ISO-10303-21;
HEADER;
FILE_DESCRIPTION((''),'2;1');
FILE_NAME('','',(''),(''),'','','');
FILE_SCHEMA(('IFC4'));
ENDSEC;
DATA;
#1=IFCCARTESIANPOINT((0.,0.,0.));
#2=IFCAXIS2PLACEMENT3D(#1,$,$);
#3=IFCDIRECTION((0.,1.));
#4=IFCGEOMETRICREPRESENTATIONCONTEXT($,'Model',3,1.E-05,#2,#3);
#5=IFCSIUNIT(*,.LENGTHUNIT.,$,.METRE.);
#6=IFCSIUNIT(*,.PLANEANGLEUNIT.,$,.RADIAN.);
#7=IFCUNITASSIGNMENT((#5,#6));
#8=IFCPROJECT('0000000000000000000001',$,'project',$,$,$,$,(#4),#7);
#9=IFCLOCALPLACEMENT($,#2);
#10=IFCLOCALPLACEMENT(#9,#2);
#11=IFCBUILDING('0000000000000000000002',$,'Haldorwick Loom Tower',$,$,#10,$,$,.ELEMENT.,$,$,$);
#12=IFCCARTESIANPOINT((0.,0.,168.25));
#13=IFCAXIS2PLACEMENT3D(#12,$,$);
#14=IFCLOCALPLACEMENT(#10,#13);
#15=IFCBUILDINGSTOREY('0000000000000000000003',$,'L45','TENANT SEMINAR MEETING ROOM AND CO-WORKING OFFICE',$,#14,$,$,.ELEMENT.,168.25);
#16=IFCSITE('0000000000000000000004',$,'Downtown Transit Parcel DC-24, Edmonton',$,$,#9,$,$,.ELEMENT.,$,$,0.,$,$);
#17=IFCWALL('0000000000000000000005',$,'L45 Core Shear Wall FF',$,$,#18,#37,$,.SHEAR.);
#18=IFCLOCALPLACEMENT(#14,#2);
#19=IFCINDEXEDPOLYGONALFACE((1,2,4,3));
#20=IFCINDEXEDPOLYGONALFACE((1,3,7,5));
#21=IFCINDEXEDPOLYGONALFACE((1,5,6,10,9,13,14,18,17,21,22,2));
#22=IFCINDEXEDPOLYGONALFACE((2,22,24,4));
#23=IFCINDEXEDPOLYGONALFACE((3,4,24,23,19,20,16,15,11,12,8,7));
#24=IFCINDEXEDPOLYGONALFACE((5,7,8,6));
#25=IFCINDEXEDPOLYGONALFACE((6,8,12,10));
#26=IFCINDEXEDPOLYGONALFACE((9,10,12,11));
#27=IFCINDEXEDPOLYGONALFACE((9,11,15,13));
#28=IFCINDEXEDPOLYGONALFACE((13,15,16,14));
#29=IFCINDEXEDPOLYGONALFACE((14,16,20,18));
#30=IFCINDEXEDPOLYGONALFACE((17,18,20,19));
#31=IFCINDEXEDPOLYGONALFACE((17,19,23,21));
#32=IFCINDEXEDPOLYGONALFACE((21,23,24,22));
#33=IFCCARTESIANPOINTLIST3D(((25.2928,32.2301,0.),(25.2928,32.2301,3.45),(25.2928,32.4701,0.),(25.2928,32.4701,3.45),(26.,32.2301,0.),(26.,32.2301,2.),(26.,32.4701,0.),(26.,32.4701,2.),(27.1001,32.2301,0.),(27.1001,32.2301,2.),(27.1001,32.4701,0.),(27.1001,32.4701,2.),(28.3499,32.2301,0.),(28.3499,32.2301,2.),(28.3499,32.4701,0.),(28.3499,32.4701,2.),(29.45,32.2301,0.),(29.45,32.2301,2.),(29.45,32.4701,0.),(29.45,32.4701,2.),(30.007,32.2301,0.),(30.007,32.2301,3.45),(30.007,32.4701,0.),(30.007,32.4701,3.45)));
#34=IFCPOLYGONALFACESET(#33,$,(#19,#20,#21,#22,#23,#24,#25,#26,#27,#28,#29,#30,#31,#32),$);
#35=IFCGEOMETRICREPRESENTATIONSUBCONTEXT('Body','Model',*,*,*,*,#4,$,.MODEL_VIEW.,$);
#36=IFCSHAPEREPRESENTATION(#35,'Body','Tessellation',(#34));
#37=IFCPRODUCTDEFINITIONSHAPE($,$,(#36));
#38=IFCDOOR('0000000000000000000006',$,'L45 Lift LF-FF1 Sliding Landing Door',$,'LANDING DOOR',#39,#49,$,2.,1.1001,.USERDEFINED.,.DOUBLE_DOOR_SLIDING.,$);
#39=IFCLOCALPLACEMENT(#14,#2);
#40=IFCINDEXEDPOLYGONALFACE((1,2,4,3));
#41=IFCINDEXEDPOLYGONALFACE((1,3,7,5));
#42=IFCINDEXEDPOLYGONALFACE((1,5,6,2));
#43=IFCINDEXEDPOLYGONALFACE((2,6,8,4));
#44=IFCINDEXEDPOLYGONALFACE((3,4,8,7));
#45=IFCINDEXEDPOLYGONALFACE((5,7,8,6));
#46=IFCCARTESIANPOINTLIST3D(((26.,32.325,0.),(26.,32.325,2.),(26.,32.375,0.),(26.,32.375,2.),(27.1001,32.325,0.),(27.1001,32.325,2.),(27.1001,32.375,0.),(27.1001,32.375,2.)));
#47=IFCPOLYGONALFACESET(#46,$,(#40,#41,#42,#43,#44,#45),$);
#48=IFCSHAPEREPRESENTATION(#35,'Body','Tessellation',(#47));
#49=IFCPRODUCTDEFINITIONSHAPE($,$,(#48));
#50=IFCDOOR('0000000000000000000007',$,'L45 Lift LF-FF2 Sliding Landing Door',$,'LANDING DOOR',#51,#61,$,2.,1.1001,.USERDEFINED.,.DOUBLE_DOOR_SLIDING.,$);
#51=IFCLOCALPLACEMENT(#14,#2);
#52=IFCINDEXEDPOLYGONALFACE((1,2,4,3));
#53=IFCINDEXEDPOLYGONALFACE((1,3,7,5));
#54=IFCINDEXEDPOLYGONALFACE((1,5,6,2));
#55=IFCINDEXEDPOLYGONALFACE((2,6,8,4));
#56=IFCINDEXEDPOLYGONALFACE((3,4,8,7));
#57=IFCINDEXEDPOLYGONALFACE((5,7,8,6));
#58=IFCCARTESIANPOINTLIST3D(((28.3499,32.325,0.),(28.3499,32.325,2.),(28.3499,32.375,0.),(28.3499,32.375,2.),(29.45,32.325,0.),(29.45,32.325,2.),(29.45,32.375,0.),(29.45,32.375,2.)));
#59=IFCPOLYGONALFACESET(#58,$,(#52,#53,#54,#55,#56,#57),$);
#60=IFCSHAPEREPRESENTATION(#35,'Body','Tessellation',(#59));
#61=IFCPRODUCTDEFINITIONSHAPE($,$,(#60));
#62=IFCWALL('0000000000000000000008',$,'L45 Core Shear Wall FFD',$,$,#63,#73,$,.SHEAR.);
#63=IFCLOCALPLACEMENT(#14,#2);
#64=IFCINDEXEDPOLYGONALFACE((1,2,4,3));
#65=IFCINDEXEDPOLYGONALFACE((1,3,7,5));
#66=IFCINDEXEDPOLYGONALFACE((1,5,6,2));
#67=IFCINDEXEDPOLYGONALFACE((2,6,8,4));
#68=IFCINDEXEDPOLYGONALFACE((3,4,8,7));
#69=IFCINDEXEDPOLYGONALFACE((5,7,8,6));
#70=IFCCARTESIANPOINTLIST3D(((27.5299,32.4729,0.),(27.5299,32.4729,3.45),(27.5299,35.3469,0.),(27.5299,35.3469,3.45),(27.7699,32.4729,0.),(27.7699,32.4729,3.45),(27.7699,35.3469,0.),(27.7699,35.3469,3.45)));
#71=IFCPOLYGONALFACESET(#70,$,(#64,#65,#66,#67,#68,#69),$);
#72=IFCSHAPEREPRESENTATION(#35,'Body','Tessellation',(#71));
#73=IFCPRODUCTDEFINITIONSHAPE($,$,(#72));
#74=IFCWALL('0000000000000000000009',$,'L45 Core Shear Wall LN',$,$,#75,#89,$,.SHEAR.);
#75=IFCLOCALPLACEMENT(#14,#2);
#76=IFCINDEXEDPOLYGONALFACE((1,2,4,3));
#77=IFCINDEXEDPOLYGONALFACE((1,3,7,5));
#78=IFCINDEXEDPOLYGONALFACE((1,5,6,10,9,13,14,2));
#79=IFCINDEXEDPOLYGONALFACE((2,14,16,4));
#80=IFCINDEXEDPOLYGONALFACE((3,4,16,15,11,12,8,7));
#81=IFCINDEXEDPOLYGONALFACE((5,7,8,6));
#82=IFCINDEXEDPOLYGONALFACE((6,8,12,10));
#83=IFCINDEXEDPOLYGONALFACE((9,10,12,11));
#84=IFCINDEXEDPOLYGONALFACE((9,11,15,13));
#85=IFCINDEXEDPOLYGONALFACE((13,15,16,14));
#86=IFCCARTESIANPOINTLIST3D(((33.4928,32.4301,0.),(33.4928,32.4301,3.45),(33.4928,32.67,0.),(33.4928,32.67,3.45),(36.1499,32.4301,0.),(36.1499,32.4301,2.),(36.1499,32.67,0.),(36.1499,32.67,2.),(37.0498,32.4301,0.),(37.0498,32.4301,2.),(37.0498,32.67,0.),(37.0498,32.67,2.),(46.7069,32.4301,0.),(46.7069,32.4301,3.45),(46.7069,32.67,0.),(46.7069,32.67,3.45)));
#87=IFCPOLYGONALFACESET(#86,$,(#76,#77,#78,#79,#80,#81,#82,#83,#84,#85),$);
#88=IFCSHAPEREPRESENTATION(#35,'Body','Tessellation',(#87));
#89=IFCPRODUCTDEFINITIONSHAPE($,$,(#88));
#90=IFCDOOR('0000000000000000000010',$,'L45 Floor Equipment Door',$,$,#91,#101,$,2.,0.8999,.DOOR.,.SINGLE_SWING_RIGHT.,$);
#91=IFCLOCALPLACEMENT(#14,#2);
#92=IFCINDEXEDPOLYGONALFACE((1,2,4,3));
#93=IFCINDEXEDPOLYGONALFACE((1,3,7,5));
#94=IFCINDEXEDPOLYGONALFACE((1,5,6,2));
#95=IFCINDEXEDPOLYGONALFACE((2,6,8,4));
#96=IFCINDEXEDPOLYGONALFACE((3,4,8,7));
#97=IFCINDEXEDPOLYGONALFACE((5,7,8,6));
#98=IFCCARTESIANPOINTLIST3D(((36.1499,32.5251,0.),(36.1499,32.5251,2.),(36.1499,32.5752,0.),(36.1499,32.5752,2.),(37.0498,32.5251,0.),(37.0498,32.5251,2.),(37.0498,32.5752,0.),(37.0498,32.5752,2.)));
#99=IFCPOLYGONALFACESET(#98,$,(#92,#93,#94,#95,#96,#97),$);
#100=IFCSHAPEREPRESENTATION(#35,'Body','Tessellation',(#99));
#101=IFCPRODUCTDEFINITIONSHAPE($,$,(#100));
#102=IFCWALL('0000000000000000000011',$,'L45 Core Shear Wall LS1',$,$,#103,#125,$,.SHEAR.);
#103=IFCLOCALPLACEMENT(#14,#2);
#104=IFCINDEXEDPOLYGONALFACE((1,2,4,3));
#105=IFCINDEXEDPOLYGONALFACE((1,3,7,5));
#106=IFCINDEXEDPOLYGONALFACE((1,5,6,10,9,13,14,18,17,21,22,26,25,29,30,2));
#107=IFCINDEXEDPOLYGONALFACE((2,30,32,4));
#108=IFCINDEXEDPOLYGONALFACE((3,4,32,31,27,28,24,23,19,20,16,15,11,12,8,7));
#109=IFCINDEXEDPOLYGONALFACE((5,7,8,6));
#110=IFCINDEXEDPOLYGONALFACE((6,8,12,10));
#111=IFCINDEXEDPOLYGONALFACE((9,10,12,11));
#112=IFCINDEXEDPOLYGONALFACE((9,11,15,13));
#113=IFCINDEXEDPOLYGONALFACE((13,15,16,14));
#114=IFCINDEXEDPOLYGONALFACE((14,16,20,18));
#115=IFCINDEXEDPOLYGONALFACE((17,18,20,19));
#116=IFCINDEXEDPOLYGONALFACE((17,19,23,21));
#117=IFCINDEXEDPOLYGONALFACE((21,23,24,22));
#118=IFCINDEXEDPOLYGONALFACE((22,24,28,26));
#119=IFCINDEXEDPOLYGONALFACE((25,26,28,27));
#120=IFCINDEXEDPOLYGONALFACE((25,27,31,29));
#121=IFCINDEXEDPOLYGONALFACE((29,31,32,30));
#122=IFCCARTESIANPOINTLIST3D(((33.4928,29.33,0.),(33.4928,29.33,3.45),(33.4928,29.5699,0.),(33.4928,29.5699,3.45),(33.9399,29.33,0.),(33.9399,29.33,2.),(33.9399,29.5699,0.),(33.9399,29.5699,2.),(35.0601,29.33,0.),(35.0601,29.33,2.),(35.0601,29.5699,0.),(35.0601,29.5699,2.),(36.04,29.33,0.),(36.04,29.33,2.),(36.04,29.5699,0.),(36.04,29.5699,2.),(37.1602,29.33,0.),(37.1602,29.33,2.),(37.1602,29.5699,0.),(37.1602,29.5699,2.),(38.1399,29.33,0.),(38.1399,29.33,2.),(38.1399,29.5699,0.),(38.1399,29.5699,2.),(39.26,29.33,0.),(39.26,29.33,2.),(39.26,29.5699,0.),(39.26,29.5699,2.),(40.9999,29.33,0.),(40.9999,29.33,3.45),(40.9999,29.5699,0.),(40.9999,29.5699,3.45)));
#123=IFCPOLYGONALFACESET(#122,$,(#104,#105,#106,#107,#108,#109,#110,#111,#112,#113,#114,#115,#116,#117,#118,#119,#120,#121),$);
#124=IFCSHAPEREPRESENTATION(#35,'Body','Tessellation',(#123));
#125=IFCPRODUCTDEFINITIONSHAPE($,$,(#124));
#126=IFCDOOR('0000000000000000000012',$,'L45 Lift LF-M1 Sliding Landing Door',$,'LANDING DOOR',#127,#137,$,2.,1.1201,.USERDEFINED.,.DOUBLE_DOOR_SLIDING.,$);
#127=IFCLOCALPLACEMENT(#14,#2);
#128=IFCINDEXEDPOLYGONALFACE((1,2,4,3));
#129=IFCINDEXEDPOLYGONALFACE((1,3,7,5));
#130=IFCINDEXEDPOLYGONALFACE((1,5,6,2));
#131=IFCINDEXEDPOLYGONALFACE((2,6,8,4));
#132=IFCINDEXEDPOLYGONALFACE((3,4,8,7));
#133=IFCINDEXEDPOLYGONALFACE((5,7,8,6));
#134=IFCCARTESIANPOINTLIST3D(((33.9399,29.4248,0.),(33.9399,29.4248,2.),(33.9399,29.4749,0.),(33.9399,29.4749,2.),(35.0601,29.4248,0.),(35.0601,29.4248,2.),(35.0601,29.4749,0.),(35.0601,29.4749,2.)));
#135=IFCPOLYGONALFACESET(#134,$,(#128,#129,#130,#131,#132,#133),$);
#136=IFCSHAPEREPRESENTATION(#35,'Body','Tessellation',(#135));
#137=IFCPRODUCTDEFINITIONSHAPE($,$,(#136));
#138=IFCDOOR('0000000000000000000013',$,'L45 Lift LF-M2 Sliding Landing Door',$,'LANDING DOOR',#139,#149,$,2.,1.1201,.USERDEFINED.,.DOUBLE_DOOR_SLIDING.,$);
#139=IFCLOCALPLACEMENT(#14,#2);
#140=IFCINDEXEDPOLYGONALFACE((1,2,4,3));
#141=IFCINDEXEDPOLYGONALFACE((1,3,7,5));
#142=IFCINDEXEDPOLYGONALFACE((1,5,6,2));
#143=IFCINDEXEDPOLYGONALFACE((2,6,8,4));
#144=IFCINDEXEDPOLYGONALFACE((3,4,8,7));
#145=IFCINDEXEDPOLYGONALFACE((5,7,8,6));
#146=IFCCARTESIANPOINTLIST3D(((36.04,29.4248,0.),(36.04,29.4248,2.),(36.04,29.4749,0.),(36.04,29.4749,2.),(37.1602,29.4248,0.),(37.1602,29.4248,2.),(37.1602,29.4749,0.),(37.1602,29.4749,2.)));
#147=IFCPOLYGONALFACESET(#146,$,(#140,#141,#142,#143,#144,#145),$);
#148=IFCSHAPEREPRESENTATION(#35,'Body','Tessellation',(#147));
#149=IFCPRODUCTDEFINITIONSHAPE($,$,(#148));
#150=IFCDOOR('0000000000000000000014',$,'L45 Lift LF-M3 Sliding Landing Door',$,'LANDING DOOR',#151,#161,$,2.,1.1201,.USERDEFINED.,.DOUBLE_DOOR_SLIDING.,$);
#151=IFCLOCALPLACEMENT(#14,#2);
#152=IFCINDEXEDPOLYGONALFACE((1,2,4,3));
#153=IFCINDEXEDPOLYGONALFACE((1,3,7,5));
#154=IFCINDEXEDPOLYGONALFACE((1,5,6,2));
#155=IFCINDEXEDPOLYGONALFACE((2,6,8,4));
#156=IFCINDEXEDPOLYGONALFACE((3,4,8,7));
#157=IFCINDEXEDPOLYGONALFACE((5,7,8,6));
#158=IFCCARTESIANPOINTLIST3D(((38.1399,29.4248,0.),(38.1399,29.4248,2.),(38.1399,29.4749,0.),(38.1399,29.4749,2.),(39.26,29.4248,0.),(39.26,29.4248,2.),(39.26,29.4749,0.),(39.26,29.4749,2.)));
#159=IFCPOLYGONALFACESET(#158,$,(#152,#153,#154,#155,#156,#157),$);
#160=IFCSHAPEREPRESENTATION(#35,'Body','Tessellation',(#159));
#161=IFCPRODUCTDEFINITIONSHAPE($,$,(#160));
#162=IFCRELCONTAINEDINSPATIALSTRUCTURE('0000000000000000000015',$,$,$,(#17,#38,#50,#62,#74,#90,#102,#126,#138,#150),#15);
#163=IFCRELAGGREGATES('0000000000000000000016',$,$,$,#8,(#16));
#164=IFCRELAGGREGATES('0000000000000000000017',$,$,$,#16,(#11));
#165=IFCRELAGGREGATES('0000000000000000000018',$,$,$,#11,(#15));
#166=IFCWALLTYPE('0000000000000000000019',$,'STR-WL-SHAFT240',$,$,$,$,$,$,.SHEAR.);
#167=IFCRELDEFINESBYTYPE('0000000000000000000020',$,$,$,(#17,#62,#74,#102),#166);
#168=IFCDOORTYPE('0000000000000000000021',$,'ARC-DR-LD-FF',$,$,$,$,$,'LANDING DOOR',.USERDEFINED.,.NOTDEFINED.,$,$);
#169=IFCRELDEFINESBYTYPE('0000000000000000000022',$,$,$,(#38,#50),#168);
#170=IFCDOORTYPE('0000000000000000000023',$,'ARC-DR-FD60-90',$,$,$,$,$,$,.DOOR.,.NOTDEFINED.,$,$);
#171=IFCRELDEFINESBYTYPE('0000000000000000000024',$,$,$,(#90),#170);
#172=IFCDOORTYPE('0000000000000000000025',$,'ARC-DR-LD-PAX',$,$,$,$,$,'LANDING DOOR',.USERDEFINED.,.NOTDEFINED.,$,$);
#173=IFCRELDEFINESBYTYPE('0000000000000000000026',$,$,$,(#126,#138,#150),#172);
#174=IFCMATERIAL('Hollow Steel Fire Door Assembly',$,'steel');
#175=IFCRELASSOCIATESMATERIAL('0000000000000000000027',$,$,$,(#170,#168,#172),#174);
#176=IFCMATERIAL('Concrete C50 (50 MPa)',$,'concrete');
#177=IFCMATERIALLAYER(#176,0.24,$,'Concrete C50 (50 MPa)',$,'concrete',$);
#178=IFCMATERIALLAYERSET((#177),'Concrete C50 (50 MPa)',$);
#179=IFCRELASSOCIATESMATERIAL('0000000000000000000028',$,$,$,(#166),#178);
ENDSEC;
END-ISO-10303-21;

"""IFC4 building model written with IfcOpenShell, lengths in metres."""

from ifc_helpers import new_model, si_unit, direction, frame, frame_2d, origin, place, context, subcontext, project, spatial, rectangle, extrude, material, layer, layer_set, type_object, element, fill, save


model = new_model("IFC4")

# Units and contexts
model_context = context("Model", 3, precision=1e-05, world=origin(), true_north=direction((0.0, 1.0)))
body_context = subcontext(model_context, "Body", "Model", "MODEL_VIEW")
ifc_project = project(units=[si_unit("LENGTHUNIT", "METRE"), si_unit("PLANEANGLEUNIT", "RADIAN")], contexts=[model_context])

# Site, building, storey
site_placement = place(None, origin())
site = spatial("IfcSite", under=ifc_project, at=site_placement, Name="Downtown Transit Parcel DC-24, Edmonton", CompositionType="ELEMENT", RefElevation=0.0)
building_placement = place(site_placement, origin())
building = spatial("IfcBuilding", under=site, at=building_placement, Name="Haldorwick Loom Tower", CompositionType="ELEMENT")
storey_placement = place(building_placement, frame((0.0, 0.0, 168.25)))
storey = spatial("IfcBuildingStorey", under=building, at=storey_placement, Name="L45", Description="TENANT SEMINAR MEETING ROOM AND CO-WORKING OFFICE", CompositionType="ELEMENT", Elevation=168.25)

# Shared definitions
ifc_material_1 = material(Name="Hollow Steel Fire Door Assembly", Category="steel")
door_type_1 = type_object("IfcDoorType", Name="ARC-DR-FD60-90", OperationType="NOTDEFINED", PredefinedType="DOOR", material=ifc_material_1)

# Shared definitions
ifc_material_2 = material(Name="Concrete C50 (50 MPa)", Category="concrete")
ifc_layer_1 = layer(ifc_material_2, 0.24, Name="Concrete C50 (50 MPa)", Category="concrete")
ifc_layer_set_1 = layer_set([ifc_layer_1], Name="Concrete C50 (50 MPa)")
wall_type_1 = type_object("IfcWallType", Name="STR-WL-SHAFT240", PredefinedType="SHEAR", material=ifc_layer_set_1)

# Wall, openings, doors
wall_1_placement = place(storey_placement, frame((25.293, 32.3501, 0.0), z_axis=(0.0, 0.0, 1.0), x_axis=(1.0, 0.0, 0.0)))
wall_1 = element("IfcWall", 1, at=wall_1_placement, inside=storey, type_object=wall_type_1, Name="L45 Core Shear Wall FF", PredefinedType="SHEAR", context=body_context, shape_type="SweptSolid", body=[
    extrude(rectangle(XDim=4.7141, YDim=0.24, at=frame_2d((2.3569, 0.0))), origin(), (0.0, 0.0, 1.0), 3.45),
])
opening_1_placement = place(wall_1_placement, frame((0.707, 0.0, 0.0)))
opening_1 = element("IfcOpeningElement", 2, at=opening_1_placement, cuts=wall_1, PredefinedType="OPENING", context=body_context, shape_type="SweptSolid", body=[
    extrude(rectangle(XDim=1.1001, YDim=2.0, at=frame_2d((0.55, 1.0))), frame((0.0, 0.1299, 0.0), z_axis=(0.0, -1.0, 0.0), x_axis=(1.0, 0.0, 0.0)), (0.0, 0.0, 1.0), 0.26),
])
opening_2_placement = place(wall_1_placement, frame((3.0569, 0.0, 0.0)))
opening_2 = element("IfcOpeningElement", 3, at=opening_2_placement, cuts=wall_1, PredefinedType="OPENING", context=body_context, shape_type="SweptSolid", body=[
    extrude(rectangle(XDim=1.1001, YDim=2.0, at=frame_2d((0.55, 1.0))), frame((0.0, 0.1299, 0.0), z_axis=(0.0, -1.0, 0.0), x_axis=(1.0, 0.0, 0.0)), (0.0, 0.0, 1.0), 0.26),
])
door_type_2 = type_object("IfcDoorType", Name="ARC-DR-LD-FF", ElementType="LANDING DOOR", OperationType="NOTDEFINED", PredefinedType="USERDEFINED", material=ifc_material_1)
door_1_placement = place(opening_1_placement, origin())
door_1 = element("IfcDoor", 4, at=door_1_placement, inside=storey, type_object=door_type_2, Name="L45 Lift LF-FF1 Sliding Landing Door", ObjectType="LANDING DOOR", OperationType="DOUBLE_DOOR_SLIDING", OverallHeight=2.0, OverallWidth=1.1001, PredefinedType="USERDEFINED", context=body_context, shape_type="SweptSolid", body=[
    extrude(rectangle(XDim=1.1001, YDim=2.0, at=frame_2d((0.55, 1.0))), frame((0.0, 0.0249, 0.0), z_axis=(0.0, -1.0, 0.0), x_axis=(1.0, 0.0, 0.0)), (0.0, 0.0, 1.0), 0.05),
])
fill(opening_1, door_1)
door_2_placement = place(opening_2_placement, origin())
door_2 = element("IfcDoor", 5, at=door_2_placement, inside=storey, type_object=door_type_2, Name="L45 Lift LF-FF2 Sliding Landing Door", ObjectType="LANDING DOOR", OperationType="DOUBLE_DOOR_SLIDING", OverallHeight=2.0, OverallWidth=1.1001, PredefinedType="USERDEFINED", context=body_context, shape_type="SweptSolid", body=[
    extrude(rectangle(XDim=1.1001, YDim=2.0, at=frame_2d((0.55, 1.0))), frame((0.0, 0.0249, 0.0), z_axis=(0.0, -1.0, 0.0), x_axis=(1.0, 0.0, 0.0)), (0.0, 0.0, 1.0), 0.05),
])
fill(opening_2, door_2)

# Wall
wall_2_placement = place(storey_placement, frame((27.6499, 32.4729, 0.0), z_axis=(0.0, 0.0, 1.0), x_axis=(0.0, 1.0, 0.0)))
element("IfcWall", 6, at=wall_2_placement, inside=storey, type_object=wall_type_1, Name="L45 Core Shear Wall FFD", PredefinedType="SHEAR", context=body_context, shape_type="SweptSolid", body=[
    extrude(rectangle(XDim=2.874, YDim=0.24, at=frame_2d((1.437, 0.0))), origin(), (0.0, 0.0, 1.0), 3.45),
])

# Wall, opening, door
wall_3_placement = place(storey_placement, frame((33.4929, 32.55, 0.0), z_axis=(0.0, 0.0, 1.0), x_axis=(1.0, 0.0, 0.0)))
wall_3 = element("IfcWall", 7, at=wall_3_placement, inside=storey, type_object=wall_type_1, Name="L45 Core Shear Wall LN", PredefinedType="SHEAR", context=body_context, shape_type="SweptSolid", body=[
    extrude(rectangle(XDim=13.2141, YDim=0.24, at=frame_2d((6.6069, 0.0))), origin(), (0.0, 0.0, 1.0), 3.45),
])
opening_3_placement = place(wall_3_placement, frame((2.657, 0.0, 0.0)))
opening_3 = element("IfcOpeningElement", 8, at=opening_3_placement, cuts=wall_3, PredefinedType="OPENING", context=body_context, shape_type="SweptSolid", body=[
    extrude(rectangle(XDim=0.8999, YDim=2.0, at=frame_2d((0.45, 1.0))), frame((0.0, 0.1299, 0.0), z_axis=(0.0, -1.0, 0.0), x_axis=(1.0, 0.0, 0.0)), (0.0, 0.0, 1.0), 0.26),
])
door_3_placement = place(opening_3_placement, frame((0.8999, 0.0, 0.0), z_axis=(0.0, 0.0, 1.0), x_axis=(-1.0, 0.0, 0.0)))
door_3 = element("IfcDoor", 9, at=door_3_placement, inside=storey, type_object=door_type_1, Name="L45 Floor Equipment Door", OperationType="SINGLE_SWING_RIGHT", OverallHeight=2.0, OverallWidth=0.8999, PredefinedType="DOOR", context=body_context, shape_type="SweptSolid", body=[
    extrude(rectangle(XDim=0.8999, YDim=2.0, at=frame_2d((0.45, 1.0))), frame((0.0, 0.0249, 0.0), z_axis=(0.0, -1.0, 0.0), x_axis=(1.0, 0.0, 0.0)), (0.0, 0.0, 1.0), 0.05),
])
fill(opening_3, door_3)

# Wall, openings, doors
wall_4_placement = place(storey_placement, frame((33.4929, 29.45, 0.0), z_axis=(0.0, 0.0, 1.0), x_axis=(1.0, 0.0, 0.0)))
wall_4 = element("IfcWall", 10, at=wall_4_placement, inside=storey, type_object=wall_type_1, Name="L45 Core Shear Wall LS1", PredefinedType="SHEAR", context=body_context, shape_type="SweptSolid", body=[
    extrude(rectangle(XDim=7.5071, YDim=0.24, at=frame_2d((3.7534, 0.0))), origin(), (0.0, 0.0, 1.0), 3.45),
])
opening_4_placement = place(wall_4_placement, frame((0.447, 0.0, 0.0)))
opening_4 = element("IfcOpeningElement", 11, at=opening_4_placement, cuts=wall_4, PredefinedType="OPENING", context=body_context, shape_type="SweptSolid", body=[
    extrude(rectangle(XDim=1.1201, YDim=2.0, at=frame_2d((0.5601, 1.0))), frame((0.0, 0.1299, 0.0), z_axis=(0.0, -1.0, 0.0), x_axis=(1.0, 0.0, 0.0)), (0.0, 0.0, 1.0), 0.26),
])
opening_5_placement = place(wall_4_placement, frame((2.5471, 0.0, 0.0)))
opening_5 = element("IfcOpeningElement", 12, at=opening_5_placement, cuts=wall_4, PredefinedType="OPENING", context=body_context, shape_type="SweptSolid", body=[
    extrude(rectangle(XDim=1.1201, YDim=2.0, at=frame_2d((0.5601, 1.0))), frame((0.0, 0.1299, 0.0), z_axis=(0.0, -1.0, 0.0), x_axis=(1.0, 0.0, 0.0)), (0.0, 0.0, 1.0), 0.26),
])
opening_6_placement = place(wall_4_placement, frame((4.647, 0.0, 0.0)))
opening_6 = element("IfcOpeningElement", 13, at=opening_6_placement, cuts=wall_4, PredefinedType="OPENING", context=body_context, shape_type="SweptSolid", body=[
    extrude(rectangle(XDim=1.1201, YDim=2.0, at=frame_2d((0.5601, 1.0))), frame((0.0, 0.1299, 0.0), z_axis=(0.0, -1.0, 0.0), x_axis=(1.0, 0.0, 0.0)), (0.0, 0.0, 1.0), 0.26),
])
door_type_3 = type_object("IfcDoorType", Name="ARC-DR-LD-PAX", ElementType="LANDING DOOR", OperationType="NOTDEFINED", PredefinedType="USERDEFINED", material=ifc_material_1)
door_4_placement = place(opening_4_placement, origin())
door_4 = element("IfcDoor", 14, at=door_4_placement, inside=storey, type_object=door_type_3, Name="L45 Lift LF-M1 Sliding Landing Door", ObjectType="LANDING DOOR", OperationType="DOUBLE_DOOR_SLIDING", OverallHeight=2.0, OverallWidth=1.1201, PredefinedType="USERDEFINED", context=body_context, shape_type="SweptSolid", body=[
    extrude(rectangle(XDim=1.1201, YDim=2.0, at=frame_2d((0.5601, 1.0))), frame((0.0, 0.0249, 0.0), z_axis=(0.0, -1.0, 0.0), x_axis=(1.0, 0.0, 0.0)), (0.0, 0.0, 1.0), 0.05),
])
fill(opening_4, door_4)
door_5_placement = place(opening_5_placement, origin())
door_5 = element("IfcDoor", 15, at=door_5_placement, inside=storey, type_object=door_type_3, Name="L45 Lift LF-M2 Sliding Landing Door", ObjectType="LANDING DOOR", OperationType="DOUBLE_DOOR_SLIDING", OverallHeight=2.0, OverallWidth=1.1201, PredefinedType="USERDEFINED", context=body_context, shape_type="SweptSolid", body=[
    extrude(rectangle(XDim=1.1201, YDim=2.0, at=frame_2d((0.5601, 1.0))), frame((0.0, 0.0249, 0.0), z_axis=(0.0, -1.0, 0.0), x_axis=(1.0, 0.0, 0.0)), (0.0, 0.0, 1.0), 0.05),
])
fill(opening_5, door_5)
door_6_placement = place(opening_6_placement, origin())
door_6 = element("IfcDoor", 16, at=door_6_placement, inside=storey, type_object=door_type_3, Name="L45 Lift LF-M3 Sliding Landing Door", ObjectType="LANDING DOOR", OperationType="DOUBLE_DOOR_SLIDING", OverallHeight=2.0, OverallWidth=1.1201, PredefinedType="USERDEFINED", context=body_context, shape_type="SweptSolid", body=[
    extrude(rectangle(XDim=1.1201, YDim=2.0, at=frame_2d((0.5601, 1.0))), frame((0.0, 0.0249, 0.0), z_axis=(0.0, -1.0, 0.0), x_axis=(1.0, 0.0, 0.0)), (0.0, 0.0, 1.0), 0.05),
])
fill(opening_6, door_6)

save(model, "model.ifc")
